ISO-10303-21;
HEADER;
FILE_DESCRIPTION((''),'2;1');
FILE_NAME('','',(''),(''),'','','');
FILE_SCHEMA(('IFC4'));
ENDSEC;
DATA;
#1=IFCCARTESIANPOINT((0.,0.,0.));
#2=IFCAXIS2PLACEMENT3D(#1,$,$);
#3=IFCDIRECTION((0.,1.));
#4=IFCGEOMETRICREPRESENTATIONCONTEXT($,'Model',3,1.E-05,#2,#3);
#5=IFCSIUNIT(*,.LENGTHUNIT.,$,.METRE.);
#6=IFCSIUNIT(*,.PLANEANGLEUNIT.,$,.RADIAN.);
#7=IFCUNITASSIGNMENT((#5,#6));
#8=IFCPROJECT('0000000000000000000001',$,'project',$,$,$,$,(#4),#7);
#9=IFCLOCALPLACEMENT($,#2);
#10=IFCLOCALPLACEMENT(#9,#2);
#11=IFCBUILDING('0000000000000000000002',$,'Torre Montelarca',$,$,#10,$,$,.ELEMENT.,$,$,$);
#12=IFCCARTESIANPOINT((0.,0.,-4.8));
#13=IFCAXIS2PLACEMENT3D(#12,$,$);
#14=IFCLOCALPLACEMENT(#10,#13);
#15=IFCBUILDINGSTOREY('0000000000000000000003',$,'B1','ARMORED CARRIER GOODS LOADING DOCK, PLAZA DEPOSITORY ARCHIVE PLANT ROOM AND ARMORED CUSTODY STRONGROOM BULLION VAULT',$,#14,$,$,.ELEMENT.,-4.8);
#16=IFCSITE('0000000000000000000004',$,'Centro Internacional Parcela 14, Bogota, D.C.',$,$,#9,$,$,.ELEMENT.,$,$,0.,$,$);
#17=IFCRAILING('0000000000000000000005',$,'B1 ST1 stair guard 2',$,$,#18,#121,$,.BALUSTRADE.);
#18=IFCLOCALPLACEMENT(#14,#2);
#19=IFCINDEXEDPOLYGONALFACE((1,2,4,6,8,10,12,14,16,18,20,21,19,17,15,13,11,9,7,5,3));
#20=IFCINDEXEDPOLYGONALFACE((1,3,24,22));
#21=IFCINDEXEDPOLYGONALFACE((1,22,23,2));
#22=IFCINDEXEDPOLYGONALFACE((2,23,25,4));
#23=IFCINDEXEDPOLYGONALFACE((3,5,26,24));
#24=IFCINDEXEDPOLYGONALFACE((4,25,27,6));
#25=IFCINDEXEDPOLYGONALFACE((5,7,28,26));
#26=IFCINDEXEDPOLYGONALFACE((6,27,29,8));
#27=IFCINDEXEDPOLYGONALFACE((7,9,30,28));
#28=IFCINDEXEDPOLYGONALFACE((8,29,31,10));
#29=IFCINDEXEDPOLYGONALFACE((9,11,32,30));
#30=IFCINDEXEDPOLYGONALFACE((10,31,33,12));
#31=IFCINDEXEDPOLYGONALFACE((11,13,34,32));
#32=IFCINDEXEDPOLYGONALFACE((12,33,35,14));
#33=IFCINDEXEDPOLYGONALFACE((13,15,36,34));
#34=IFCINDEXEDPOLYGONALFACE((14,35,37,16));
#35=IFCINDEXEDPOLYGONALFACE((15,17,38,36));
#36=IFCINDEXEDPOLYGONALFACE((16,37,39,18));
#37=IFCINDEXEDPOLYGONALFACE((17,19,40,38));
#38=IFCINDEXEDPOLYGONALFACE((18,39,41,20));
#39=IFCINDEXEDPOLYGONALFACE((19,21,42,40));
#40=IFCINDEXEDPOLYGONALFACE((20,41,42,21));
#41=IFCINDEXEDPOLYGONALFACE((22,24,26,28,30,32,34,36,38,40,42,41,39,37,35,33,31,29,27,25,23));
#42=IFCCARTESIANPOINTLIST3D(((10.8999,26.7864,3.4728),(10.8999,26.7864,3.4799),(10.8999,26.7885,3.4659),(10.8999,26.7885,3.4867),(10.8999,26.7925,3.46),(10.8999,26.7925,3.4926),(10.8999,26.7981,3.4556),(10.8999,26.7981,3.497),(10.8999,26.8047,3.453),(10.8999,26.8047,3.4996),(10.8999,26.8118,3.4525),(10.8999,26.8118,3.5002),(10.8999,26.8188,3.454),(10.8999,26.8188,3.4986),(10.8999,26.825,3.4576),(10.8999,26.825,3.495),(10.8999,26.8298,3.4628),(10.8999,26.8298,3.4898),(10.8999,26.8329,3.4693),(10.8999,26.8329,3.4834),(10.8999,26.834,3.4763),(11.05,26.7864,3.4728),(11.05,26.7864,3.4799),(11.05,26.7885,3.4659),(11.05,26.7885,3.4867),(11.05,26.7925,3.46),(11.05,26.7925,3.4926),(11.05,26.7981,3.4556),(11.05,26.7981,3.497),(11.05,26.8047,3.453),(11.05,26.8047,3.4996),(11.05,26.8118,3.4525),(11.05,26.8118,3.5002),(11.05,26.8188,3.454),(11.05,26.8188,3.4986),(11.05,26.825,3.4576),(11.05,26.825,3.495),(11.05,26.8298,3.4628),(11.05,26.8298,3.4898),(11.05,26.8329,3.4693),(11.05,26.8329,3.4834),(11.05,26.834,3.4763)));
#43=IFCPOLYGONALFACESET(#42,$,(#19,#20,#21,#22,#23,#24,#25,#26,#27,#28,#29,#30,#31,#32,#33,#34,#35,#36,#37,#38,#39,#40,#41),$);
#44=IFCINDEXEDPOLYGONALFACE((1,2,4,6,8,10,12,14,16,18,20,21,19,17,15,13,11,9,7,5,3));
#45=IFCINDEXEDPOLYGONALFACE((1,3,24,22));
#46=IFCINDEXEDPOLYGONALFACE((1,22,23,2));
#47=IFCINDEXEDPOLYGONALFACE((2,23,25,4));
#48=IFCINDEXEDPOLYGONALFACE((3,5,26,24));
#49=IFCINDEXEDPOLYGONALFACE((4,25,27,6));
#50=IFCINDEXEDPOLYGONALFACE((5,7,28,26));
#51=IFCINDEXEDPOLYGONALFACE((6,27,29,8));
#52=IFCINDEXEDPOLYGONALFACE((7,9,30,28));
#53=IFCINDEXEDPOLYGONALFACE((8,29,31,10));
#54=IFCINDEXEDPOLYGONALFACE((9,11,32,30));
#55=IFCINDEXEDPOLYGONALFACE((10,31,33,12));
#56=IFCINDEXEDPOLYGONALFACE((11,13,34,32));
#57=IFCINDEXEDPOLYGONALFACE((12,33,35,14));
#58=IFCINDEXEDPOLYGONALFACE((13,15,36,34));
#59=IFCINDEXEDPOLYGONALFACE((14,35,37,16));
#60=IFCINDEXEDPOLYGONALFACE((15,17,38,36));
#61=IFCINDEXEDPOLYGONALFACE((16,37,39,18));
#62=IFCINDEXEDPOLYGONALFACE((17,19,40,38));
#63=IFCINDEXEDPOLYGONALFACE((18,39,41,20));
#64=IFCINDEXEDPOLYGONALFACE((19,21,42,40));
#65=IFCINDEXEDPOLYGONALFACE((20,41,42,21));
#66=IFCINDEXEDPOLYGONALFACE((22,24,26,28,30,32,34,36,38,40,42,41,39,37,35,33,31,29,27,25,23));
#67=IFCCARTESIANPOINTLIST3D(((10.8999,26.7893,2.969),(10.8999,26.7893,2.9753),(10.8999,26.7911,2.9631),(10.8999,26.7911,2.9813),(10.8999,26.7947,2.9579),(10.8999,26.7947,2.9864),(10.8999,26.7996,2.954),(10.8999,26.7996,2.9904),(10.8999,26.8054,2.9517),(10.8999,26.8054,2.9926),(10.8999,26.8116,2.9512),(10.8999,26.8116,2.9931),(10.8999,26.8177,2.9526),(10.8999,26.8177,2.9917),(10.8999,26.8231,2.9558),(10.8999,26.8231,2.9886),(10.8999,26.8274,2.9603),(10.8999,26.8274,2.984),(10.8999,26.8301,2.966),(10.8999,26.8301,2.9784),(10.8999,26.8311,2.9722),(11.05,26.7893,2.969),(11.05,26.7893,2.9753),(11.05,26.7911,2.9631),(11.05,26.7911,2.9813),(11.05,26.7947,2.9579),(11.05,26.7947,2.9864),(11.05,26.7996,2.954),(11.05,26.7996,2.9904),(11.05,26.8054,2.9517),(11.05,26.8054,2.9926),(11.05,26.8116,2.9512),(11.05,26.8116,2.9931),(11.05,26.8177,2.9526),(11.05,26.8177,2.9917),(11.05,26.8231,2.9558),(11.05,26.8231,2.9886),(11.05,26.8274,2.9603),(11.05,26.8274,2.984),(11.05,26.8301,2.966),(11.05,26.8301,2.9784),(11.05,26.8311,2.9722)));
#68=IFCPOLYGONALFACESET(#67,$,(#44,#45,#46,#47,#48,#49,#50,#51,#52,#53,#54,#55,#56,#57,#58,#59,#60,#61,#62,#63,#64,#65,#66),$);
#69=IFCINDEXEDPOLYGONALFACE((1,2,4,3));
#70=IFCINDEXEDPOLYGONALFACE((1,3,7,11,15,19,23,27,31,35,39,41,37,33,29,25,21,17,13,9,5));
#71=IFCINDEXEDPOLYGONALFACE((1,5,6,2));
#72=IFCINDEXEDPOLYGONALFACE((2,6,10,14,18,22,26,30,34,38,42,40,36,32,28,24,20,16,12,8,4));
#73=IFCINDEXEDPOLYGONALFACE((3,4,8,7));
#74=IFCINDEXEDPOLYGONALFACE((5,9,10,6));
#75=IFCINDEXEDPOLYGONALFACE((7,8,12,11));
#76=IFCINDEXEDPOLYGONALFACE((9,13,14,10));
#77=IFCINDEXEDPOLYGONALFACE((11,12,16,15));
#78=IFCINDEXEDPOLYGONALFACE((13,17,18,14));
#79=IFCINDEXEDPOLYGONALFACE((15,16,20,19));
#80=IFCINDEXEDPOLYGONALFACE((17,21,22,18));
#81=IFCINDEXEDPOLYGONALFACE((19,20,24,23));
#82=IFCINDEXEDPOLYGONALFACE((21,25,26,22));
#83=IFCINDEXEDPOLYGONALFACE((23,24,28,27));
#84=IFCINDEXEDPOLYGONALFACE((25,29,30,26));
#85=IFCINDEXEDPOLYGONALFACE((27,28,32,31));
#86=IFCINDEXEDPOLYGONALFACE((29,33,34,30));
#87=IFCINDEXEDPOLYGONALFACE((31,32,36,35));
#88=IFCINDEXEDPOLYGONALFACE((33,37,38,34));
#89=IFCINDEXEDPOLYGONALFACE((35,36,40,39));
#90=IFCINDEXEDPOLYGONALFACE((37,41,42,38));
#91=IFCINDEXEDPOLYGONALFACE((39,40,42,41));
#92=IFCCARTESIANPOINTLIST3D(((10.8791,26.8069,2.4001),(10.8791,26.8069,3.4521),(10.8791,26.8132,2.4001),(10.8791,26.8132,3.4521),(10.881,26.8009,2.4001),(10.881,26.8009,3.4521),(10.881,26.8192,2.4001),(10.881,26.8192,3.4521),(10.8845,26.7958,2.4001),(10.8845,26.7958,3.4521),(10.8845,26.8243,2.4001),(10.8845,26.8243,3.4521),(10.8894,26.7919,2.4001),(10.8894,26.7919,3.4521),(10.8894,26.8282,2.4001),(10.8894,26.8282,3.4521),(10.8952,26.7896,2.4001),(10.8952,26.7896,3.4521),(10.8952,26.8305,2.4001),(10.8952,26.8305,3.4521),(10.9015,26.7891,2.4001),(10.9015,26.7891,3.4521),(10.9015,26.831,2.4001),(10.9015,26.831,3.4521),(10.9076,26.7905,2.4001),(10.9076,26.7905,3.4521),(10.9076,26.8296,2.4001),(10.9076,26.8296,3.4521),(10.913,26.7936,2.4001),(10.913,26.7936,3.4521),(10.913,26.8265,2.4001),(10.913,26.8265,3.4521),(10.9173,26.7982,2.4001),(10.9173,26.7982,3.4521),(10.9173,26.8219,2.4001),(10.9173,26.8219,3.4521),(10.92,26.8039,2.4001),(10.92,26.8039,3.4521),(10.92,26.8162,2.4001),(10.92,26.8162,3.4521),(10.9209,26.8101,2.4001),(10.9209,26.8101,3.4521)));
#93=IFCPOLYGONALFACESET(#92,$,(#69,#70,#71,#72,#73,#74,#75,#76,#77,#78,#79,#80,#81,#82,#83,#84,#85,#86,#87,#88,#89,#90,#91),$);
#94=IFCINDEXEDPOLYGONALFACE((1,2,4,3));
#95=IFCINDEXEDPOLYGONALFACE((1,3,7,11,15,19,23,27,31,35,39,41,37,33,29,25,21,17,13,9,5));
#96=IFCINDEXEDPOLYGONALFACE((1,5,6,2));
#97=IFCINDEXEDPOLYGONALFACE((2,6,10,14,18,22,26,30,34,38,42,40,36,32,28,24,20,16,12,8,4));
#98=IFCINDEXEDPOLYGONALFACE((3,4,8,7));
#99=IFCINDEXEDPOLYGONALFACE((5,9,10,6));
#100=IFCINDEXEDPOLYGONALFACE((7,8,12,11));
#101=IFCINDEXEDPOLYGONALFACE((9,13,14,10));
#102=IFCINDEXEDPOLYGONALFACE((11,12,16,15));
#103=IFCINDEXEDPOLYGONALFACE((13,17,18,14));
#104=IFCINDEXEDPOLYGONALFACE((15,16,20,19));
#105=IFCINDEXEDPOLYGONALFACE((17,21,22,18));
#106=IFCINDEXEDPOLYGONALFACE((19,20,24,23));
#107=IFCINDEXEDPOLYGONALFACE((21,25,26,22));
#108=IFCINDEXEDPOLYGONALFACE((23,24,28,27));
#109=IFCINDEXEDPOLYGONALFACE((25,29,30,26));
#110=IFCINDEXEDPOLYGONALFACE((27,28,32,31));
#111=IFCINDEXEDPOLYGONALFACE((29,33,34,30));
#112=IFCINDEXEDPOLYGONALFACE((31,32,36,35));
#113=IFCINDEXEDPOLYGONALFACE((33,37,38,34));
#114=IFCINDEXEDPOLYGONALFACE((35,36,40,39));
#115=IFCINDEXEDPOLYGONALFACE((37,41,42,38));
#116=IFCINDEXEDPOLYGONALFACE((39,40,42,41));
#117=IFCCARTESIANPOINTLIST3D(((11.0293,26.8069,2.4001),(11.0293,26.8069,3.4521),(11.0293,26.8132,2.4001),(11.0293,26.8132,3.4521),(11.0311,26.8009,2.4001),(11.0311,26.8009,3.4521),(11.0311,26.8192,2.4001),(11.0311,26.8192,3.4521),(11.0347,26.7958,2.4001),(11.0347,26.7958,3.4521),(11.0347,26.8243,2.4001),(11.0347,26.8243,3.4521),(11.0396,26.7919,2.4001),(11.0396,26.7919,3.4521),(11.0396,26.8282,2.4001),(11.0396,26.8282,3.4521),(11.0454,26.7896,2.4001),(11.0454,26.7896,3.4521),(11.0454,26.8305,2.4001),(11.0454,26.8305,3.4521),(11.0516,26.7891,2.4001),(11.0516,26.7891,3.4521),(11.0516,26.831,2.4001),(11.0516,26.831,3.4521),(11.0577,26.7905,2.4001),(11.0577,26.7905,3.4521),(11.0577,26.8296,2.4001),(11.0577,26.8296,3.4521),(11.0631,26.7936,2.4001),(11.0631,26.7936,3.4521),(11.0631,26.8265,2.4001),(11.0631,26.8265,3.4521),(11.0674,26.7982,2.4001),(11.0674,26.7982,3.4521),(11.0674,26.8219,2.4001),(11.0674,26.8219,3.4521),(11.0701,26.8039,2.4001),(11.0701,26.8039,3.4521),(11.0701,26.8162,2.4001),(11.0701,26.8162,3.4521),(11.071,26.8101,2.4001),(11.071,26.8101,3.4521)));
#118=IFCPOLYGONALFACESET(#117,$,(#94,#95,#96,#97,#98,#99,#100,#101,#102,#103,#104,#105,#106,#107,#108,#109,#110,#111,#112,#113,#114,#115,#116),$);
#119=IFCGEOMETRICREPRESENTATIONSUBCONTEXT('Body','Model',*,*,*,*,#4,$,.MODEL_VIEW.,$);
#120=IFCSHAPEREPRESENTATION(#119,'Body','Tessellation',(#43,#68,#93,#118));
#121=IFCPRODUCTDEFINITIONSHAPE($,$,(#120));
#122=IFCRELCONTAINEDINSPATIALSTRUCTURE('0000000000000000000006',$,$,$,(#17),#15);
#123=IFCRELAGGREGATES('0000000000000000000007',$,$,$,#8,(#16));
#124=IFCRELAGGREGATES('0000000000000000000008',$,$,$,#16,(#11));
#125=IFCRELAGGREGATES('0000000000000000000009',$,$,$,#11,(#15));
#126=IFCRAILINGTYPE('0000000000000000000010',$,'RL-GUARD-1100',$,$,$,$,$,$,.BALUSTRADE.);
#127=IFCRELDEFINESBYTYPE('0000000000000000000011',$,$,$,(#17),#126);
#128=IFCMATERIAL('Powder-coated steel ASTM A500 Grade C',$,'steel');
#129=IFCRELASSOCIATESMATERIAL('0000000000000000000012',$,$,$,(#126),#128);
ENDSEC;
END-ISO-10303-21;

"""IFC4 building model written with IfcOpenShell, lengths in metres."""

from ifc_helpers import new_model, si_unit, direction, frame, origin, origin_2d, place, context, subcontext, project, spatial, circle, extrude, material, type_object, element, save


model = new_model("IFC4")

# Units and contexts
model_context = context("Model", 3, precision=1e-05, world=origin(), true_north=direction((0.0, 1.0)))
body_context = subcontext(model_context, "Body", "Model", "MODEL_VIEW")
ifc_project = project(units=[si_unit("LENGTHUNIT", "METRE"), si_unit("PLANEANGLEUNIT", "RADIAN")], contexts=[model_context])

# Site, building, storey
site_placement = place(None, origin())
site = spatial("IfcSite", under=ifc_project, at=site_placement, Name="Centro Internacional Parcela 14, Bogota, D.C.", CompositionType="ELEMENT", RefElevation=0.0)
building_placement = place(site_placement, origin())
building = spatial("IfcBuilding", under=site, at=building_placement, Name="Torre Montelarca", CompositionType="ELEMENT")
storey_placement = place(building_placement, frame((0.0, 0.0, -4.8)))
storey = spatial("IfcBuildingStorey", under=building, at=storey_placement, Name="B1", Description="ARMORED CARRIER GOODS LOADING DOCK, PLAZA DEPOSITORY ARCHIVE PLANT ROOM AND ARMORED CUSTODY STRONGROOM BULLION VAULT", CompositionType="ELEMENT", Elevation=-4.8)

# Railing
ifc_material_1 = material(Name="Powder-coated steel ASTM A500 Grade C", Category="steel")
railing_type_1 = type_object("IfcRailingType", Name="RL-GUARD-1100", PredefinedType="BALUSTRADE", material=ifc_material_1)
railing_1_placement = place(storey_placement, frame((10.8999, 26.8101, 2.4001)))
element("IfcRailing", 1, at=railing_1_placement, inside=storey, type_object=railing_type_1, Name="B1 ST1 stair guard 2", PredefinedType="BALUSTRADE", context=body_context, shape_type="SweptSolid", body=[
    extrude(circle(Radius=0.0239, at=origin_2d()), frame((0.0, 0.0, 1.0762), z_axis=(1.0, 0.0, 0.0), x_axis=(0.0, 1.0, 0.0)), (0.0, 0.0, 1.0), 0.1501),
    extrude(circle(Radius=0.021, at=origin_2d()), frame((0.0, 0.0, 0.572), z_axis=(1.0, 0.0, 0.0), x_axis=(0.0, 1.0, 0.0)), (0.0, 0.0, 1.0), 0.1501),
    extrude(circle(Radius=0.021, at=origin_2d()), origin(), (0.0, 0.0, 1.0), 1.052),
    extrude(circle(Radius=0.021, at=origin_2d()), frame((0.1501, 0.0, 0.0)), (0.0, 0.0, 1.0), 1.052),
])

save(model, "model.ifc")
